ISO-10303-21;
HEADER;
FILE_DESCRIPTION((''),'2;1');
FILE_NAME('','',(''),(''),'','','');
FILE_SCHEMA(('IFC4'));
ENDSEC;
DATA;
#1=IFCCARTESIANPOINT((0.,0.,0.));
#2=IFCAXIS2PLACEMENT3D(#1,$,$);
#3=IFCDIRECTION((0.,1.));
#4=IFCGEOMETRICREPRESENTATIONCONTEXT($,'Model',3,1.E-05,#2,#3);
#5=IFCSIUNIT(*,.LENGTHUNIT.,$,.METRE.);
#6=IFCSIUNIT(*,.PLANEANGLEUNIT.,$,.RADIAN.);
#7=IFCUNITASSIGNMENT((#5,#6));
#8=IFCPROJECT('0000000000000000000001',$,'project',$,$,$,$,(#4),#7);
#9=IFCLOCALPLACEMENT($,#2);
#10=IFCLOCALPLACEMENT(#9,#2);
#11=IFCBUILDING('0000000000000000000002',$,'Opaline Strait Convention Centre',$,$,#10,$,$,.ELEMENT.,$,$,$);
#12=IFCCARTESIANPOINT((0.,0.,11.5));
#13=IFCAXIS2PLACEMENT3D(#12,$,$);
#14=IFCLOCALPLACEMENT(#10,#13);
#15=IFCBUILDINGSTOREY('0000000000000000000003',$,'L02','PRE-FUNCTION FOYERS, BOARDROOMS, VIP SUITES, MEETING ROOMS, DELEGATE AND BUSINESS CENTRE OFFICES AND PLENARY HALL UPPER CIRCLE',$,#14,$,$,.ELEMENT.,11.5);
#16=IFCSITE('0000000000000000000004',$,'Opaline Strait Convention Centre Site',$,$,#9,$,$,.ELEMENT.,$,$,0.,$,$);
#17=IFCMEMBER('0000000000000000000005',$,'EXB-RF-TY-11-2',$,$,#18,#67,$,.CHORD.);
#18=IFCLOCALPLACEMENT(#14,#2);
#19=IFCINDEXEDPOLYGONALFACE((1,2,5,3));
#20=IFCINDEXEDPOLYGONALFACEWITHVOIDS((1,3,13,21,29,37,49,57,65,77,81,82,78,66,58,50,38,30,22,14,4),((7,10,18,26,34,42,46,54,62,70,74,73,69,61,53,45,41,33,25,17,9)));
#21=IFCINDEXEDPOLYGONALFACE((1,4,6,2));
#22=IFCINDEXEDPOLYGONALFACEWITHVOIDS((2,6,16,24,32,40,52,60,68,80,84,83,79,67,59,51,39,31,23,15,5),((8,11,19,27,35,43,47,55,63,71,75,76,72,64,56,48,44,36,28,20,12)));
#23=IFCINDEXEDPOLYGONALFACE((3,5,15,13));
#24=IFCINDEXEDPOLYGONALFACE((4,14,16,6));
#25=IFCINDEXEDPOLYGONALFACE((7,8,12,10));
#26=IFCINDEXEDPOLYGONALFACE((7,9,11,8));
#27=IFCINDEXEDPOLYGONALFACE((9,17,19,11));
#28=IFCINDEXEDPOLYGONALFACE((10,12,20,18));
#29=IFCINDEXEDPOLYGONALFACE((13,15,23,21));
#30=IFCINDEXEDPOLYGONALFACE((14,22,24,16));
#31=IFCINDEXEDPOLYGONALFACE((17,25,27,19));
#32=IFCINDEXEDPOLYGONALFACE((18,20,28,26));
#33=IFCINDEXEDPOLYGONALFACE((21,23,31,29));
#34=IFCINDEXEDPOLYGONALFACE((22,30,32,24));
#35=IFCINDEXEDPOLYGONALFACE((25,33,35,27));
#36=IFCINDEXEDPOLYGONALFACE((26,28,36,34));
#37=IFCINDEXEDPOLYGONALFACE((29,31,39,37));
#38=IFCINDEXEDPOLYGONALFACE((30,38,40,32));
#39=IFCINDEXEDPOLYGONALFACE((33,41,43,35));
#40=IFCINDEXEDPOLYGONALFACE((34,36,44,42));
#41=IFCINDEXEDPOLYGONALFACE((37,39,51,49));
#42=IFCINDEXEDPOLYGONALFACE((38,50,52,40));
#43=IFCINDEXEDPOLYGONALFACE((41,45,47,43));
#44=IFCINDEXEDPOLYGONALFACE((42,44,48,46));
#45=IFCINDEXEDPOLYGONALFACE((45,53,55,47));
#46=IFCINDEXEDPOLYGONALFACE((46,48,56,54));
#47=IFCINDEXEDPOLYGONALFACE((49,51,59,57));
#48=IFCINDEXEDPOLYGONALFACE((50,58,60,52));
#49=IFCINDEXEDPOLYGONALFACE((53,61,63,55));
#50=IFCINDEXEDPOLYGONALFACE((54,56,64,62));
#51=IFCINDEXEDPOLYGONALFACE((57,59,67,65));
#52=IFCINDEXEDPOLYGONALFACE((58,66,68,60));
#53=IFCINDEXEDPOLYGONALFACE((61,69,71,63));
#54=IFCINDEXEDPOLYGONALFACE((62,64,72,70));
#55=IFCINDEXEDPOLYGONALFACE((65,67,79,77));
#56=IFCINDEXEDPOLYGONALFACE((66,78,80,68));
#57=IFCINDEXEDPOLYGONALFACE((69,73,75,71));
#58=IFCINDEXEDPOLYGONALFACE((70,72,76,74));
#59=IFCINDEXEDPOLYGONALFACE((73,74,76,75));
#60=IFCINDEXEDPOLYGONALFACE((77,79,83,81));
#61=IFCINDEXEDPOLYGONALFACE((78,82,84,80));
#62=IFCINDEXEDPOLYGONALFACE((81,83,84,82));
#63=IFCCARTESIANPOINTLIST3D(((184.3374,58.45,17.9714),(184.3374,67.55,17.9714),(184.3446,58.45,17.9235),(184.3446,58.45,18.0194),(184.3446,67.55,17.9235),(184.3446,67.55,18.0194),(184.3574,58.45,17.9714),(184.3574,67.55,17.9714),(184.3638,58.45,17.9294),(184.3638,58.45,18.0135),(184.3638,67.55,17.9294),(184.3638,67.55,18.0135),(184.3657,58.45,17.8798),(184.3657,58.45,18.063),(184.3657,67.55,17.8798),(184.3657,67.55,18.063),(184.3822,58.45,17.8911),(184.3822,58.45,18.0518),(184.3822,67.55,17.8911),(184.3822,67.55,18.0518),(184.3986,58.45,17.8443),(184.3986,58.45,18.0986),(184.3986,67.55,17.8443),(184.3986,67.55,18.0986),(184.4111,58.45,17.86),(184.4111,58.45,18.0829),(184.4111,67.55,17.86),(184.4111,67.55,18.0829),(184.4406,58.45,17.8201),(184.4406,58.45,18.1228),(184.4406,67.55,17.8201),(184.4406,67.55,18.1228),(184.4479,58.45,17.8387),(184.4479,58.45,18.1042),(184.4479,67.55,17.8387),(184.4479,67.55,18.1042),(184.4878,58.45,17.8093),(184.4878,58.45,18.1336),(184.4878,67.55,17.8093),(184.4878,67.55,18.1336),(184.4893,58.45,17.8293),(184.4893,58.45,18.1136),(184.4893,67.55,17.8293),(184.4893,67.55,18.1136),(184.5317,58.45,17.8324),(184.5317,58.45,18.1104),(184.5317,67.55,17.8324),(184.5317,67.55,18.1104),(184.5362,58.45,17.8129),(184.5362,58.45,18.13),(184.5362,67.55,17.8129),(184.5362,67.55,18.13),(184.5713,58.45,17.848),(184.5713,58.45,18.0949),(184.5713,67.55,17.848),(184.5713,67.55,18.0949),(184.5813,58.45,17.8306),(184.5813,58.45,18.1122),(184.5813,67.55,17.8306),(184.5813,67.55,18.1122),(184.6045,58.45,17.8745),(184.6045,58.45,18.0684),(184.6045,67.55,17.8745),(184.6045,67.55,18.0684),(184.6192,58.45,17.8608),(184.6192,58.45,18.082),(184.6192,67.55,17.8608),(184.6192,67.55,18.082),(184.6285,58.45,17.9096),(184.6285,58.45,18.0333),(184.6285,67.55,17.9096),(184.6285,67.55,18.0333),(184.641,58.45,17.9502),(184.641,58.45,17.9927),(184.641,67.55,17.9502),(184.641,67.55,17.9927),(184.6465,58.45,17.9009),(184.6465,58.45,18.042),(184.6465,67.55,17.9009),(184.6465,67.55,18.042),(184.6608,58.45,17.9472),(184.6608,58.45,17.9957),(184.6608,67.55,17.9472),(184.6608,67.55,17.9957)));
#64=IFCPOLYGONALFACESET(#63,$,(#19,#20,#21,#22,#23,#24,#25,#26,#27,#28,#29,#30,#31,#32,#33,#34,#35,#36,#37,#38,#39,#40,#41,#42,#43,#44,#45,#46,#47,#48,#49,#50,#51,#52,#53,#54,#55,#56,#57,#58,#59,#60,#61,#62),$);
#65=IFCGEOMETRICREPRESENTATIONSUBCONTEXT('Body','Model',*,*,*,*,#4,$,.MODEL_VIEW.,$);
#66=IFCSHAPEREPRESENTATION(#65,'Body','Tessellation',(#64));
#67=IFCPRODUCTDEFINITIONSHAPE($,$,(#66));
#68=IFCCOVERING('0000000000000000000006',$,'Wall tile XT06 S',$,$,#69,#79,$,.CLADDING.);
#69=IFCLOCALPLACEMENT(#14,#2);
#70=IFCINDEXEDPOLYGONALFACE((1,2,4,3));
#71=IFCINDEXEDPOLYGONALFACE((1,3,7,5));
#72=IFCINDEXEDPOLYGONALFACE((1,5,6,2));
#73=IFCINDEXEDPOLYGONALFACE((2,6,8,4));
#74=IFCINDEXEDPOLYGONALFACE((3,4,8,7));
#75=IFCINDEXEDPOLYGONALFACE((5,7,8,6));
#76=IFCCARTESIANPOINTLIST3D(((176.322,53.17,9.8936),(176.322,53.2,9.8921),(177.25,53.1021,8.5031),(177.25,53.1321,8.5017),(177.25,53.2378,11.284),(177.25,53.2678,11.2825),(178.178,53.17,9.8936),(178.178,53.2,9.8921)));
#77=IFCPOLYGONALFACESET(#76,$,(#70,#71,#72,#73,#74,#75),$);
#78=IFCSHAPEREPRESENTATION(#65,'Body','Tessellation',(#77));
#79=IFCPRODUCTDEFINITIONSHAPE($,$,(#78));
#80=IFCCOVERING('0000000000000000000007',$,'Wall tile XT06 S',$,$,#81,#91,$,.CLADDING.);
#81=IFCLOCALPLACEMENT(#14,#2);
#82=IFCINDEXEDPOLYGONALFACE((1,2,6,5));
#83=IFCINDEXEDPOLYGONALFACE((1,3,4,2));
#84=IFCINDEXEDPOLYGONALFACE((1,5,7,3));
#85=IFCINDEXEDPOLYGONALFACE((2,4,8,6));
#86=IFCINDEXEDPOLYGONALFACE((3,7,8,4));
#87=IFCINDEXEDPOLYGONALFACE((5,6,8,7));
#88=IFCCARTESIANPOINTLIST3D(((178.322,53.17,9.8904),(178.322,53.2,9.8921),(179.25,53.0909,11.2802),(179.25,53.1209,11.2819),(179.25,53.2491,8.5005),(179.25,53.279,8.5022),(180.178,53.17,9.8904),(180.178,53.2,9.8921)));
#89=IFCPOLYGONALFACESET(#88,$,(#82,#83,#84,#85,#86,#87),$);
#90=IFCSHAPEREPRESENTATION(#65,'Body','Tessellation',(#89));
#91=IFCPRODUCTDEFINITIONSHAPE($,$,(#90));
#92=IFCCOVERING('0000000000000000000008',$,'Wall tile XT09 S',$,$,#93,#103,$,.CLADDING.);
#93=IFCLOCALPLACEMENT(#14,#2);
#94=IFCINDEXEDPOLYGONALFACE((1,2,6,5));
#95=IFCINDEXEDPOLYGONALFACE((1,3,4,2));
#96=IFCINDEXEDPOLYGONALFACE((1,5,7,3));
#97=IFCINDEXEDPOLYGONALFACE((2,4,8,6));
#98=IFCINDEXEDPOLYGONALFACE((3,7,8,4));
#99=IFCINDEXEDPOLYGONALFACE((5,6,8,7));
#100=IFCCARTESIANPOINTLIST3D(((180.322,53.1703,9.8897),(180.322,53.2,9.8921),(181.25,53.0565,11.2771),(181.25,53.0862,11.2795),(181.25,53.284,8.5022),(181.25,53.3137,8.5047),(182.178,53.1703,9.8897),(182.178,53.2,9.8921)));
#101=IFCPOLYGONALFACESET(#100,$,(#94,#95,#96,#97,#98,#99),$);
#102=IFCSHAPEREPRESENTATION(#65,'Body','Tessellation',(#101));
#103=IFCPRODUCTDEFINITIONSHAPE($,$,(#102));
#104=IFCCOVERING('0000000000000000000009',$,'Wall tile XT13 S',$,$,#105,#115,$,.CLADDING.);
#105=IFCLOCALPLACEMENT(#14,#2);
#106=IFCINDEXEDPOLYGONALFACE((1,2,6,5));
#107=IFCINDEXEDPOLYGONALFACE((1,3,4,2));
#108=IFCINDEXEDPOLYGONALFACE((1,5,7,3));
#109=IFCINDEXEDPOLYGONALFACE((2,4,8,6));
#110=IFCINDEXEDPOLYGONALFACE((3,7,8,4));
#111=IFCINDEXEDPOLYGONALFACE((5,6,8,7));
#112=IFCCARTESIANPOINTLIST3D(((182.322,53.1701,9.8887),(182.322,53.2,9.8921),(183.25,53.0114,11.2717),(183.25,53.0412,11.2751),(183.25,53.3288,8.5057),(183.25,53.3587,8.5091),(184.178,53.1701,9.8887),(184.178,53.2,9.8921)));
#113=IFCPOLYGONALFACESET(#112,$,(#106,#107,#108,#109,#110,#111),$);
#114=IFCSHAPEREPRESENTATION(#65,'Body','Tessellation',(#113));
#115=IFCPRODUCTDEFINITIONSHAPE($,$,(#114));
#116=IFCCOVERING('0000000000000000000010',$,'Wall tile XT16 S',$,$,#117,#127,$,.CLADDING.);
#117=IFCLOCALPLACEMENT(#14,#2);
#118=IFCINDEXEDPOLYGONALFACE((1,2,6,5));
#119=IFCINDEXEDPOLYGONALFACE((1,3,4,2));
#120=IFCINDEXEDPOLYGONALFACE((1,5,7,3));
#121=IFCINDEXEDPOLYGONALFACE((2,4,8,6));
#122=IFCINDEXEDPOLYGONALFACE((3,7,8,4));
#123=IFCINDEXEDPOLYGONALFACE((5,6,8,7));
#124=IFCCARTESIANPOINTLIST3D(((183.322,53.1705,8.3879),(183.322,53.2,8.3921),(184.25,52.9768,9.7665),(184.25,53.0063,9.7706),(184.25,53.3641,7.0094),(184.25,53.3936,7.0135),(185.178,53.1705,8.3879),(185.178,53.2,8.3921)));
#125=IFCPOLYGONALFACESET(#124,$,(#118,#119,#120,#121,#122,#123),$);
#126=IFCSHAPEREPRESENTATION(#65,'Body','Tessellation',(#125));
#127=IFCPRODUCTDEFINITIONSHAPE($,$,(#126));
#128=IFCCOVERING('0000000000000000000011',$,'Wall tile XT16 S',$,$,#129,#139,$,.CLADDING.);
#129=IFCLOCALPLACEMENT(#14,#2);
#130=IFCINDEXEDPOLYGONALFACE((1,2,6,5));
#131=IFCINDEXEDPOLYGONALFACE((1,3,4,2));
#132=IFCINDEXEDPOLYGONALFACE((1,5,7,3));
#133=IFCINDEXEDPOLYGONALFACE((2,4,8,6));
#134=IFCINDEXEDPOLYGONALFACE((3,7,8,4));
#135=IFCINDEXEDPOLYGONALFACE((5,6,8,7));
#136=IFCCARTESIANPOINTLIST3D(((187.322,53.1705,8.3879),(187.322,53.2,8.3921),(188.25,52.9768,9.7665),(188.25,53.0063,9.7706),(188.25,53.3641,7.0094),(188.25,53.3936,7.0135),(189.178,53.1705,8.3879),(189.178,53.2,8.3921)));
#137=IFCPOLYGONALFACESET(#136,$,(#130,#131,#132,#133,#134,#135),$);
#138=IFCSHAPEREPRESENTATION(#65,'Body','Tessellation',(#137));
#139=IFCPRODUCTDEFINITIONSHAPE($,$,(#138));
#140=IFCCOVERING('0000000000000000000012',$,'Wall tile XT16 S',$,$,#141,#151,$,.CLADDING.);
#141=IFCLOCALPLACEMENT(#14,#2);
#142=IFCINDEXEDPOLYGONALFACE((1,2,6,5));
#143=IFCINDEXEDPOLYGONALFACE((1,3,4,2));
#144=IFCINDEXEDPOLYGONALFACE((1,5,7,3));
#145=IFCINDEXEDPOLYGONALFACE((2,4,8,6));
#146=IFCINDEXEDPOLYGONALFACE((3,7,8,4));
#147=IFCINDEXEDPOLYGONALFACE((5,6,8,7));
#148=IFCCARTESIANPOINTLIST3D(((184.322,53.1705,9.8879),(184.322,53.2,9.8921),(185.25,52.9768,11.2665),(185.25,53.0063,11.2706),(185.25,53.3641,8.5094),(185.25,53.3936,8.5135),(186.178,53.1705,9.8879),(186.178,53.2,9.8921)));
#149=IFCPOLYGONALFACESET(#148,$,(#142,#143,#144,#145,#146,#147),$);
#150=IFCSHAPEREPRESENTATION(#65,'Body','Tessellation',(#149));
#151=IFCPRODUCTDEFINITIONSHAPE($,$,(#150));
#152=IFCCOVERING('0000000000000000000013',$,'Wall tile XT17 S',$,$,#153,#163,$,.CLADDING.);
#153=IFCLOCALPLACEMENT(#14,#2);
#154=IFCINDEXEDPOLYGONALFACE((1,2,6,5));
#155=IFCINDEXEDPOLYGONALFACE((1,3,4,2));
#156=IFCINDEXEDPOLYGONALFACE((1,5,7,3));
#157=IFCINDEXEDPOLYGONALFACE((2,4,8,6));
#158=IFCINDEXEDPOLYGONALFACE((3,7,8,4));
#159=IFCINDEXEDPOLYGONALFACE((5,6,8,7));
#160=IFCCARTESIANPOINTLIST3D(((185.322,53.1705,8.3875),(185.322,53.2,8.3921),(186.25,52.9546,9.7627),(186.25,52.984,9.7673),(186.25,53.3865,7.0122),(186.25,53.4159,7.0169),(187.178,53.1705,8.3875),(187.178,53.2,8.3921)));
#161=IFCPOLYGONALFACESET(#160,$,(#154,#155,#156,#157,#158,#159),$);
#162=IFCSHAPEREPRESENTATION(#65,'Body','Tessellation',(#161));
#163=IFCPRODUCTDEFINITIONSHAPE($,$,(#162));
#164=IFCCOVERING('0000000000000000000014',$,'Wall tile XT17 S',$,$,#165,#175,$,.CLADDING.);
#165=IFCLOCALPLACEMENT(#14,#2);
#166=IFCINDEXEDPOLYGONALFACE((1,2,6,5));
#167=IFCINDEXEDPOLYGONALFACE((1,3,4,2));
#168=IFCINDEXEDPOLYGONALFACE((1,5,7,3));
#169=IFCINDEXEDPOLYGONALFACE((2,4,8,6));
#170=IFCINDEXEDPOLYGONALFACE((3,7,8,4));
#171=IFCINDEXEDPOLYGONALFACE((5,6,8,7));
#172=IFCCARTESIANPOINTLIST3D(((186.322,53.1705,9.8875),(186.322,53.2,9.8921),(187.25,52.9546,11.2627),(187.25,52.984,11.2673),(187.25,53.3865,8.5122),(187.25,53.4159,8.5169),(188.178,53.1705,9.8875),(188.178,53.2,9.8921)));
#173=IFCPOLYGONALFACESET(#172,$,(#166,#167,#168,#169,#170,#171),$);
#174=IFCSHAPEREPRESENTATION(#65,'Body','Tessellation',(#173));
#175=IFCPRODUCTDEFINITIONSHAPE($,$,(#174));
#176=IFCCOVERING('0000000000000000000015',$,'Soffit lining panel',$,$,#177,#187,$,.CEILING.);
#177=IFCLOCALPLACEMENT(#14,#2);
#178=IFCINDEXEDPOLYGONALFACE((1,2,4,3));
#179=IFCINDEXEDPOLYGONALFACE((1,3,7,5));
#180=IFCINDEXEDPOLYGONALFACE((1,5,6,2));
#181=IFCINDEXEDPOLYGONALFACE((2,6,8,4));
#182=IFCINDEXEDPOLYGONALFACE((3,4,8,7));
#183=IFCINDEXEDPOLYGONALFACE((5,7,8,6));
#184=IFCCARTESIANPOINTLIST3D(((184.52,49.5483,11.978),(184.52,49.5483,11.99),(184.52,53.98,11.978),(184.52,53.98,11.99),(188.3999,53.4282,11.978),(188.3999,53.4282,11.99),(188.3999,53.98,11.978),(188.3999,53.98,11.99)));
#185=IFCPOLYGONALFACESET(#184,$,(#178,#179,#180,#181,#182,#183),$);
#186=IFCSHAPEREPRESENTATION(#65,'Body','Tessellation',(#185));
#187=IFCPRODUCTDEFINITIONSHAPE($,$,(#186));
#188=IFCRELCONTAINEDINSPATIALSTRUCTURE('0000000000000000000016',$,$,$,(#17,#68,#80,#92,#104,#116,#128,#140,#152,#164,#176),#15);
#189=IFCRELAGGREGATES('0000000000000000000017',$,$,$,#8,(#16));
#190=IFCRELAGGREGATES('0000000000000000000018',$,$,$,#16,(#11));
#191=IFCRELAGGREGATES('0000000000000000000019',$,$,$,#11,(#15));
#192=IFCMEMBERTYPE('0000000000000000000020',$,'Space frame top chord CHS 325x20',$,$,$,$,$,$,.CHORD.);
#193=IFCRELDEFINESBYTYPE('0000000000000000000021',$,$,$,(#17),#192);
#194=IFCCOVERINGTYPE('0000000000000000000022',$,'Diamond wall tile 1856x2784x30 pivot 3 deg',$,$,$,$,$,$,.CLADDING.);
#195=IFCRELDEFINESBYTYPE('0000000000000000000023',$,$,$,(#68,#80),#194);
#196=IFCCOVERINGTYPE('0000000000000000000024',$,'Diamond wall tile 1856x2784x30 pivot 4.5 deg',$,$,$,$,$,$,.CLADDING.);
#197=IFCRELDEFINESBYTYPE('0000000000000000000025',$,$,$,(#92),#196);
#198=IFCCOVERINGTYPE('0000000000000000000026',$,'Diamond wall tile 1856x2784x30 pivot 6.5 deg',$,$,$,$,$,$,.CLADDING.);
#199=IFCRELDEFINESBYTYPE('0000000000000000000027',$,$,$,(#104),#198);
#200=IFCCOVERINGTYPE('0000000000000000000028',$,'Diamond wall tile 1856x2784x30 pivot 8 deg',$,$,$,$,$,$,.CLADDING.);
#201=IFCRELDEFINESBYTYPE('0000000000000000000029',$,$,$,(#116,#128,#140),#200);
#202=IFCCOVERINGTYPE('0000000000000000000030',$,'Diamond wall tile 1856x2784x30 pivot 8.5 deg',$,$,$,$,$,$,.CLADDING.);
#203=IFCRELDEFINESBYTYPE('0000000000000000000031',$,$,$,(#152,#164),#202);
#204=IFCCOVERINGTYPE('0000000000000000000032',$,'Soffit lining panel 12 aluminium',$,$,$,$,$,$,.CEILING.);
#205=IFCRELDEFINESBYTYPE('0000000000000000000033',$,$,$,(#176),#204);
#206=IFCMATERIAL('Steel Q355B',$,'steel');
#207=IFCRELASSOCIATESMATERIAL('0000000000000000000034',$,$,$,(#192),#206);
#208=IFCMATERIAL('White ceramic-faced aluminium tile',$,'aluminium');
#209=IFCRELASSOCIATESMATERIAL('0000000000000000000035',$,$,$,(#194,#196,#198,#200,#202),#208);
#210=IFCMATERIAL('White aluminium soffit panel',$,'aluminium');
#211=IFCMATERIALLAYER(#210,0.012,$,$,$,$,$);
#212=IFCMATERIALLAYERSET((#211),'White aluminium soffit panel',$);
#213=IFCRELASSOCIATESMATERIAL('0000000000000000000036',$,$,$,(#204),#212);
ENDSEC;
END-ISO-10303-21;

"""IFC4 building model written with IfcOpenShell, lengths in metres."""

from ifc_helpers import new_model, si_unit, direction, frame, origin, origin_2d, place, context, subcontext, project, spatial, polyline, hollow_circle, outline, extrude, material, layer, layer_set, material_profile, profile_set, type_object, element, save


model = new_model("IFC4")

# Units and contexts
model_context = context("Model", 3, precision=1e-05, world=origin(), true_north=direction((0.0, 1.0)))
body_context = subcontext(model_context, "Body", "Model", "MODEL_VIEW")
ifc_project = project(units=[si_unit("LENGTHUNIT", "METRE"), si_unit("PLANEANGLEUNIT", "RADIAN")], contexts=[model_context])

# Site, building, storey
site_placement = place(None, origin())
site = spatial("IfcSite", under=ifc_project, at=site_placement, Name="Opaline Strait Convention Centre Site", CompositionType="ELEMENT", RefElevation=0.0)
building_placement = place(site_placement, origin())
building = spatial("IfcBuilding", under=site, at=building_placement, Name="Opaline Strait Convention Centre", CompositionType="ELEMENT")
storey_placement = place(building_placement, frame((0.0, 0.0, 11.5)))
storey = spatial("IfcBuildingStorey", under=building, at=storey_placement, Name="L02", Description="PRE-FUNCTION FOYERS, BOARDROOMS, VIP SUITES, MEETING ROOMS, DELEGATE AND BUSINESS CENTRE OFFICES AND PLENARY HALL UPPER CIRCLE", CompositionType="ELEMENT", Elevation=11.5)

# Member
ifc_material_1 = material(Name="Steel Q355B", Category="steel")
ifc_material_profile_1 = material_profile(ifc_material_1, hollow_circle(Radius=0.1626, WallThickness=0.02, at=origin_2d()), Name="CHS 325x20")
ifc_profile_set_1 = profile_set([ifc_material_profile_1], Name="Steel Q355B")
member_type_1 = type_object("IfcMemberType", Name="Space frame top chord CHS 325x20", PredefinedType="CHORD", material=ifc_profile_set_1)
member_1_placement = place(storey_placement, frame((184.5, 58.45, 17.9714), z_axis=(0.0, 1.0, 0.0), x_axis=(-1.0, 0.0, 0.0)))
element("IfcMember", 1, at=member_1_placement, inside=storey, type_object=member_type_1, Name="EXB-RF-TY-11-2", PredefinedType="CHORD", context=body_context, shape_type="SweptSolid", body=[
    extrude(hollow_circle(Radius=0.1626, WallThickness=0.02, at=origin_2d()), origin(), (0.0, 0.0, 1.0), 9.1001),
])

# Coverings
ifc_material_2 = material(Name="White ceramic-faced aluminium tile", Category="aluminium")
ifc_material_profile_2 = material_profile(ifc_material_2, outline(polyline([(0.928, 0.0), (0.0, 1.3921), (-0.928, 0.0), (0.0, -1.3921), (0.928, 0.0)])), Name="Diamond tile 1856x2784")
ifc_profile_set_2 = profile_set([ifc_material_profile_2], Name="White ceramic-faced aluminium tile")
covering_type_1 = type_object("IfcCoveringType", Name="Diamond wall tile 1856x2784x30 pivot 3 deg", PredefinedType="CLADDING", material=ifc_profile_set_2)
for number, where, z_axis, x_axis, name in (
    (2, (177.25, 53.2, 9.8921), (0.0, -0.998812, 0.048723), (1.0, 0.0, 0.0), "Wall tile XT06 S"),
    (3, (179.25, 53.2, 9.8921), (0.0, -0.998385, -0.056819), (1.0, 0.0, 0.0), "Wall tile XT06 S"),
):
    element("IfcCovering", number, at=place(storey_placement, frame(where, z_axis=z_axis, x_axis=x_axis)), inside=storey, type_object=covering_type_1, Name=name, PredefinedType="CLADDING", context=body_context, shape_type="SweptSolid", body=[
        extrude(outline(polyline([(0.928, 0.0), (0.0, 1.3921), (-0.928, 0.0), (0.0, -1.3921), (0.928, 0.0)])), origin(), (0.0, 0.0, 1.0), 0.03),
    ])
ifc_material_profile_3 = material_profile(ifc_material_2, outline(polyline([(0.928, 0.0), (0.0, 1.3921), (-0.928, 0.0), (0.0, -1.3921), (0.928, 0.0)])), Name="Diamond tile 1856x2784")
ifc_profile_set_3 = profile_set([ifc_material_profile_3], Name="White ceramic-faced aluminium tile")
covering_type_2 = type_object("IfcCoveringType", Name="Diamond wall tile 1856x2784x30 pivot 4.5 deg", PredefinedType="CLADDING", material=ifc_profile_set_3)
covering_1_placement = place(storey_placement, frame((181.25, 53.2, 9.8921), z_axis=(0.0, -0.996658, -0.081693), x_axis=(1.0, 0.0, 0.0)))
element("IfcCovering", 4, at=covering_1_placement, inside=storey, type_object=covering_type_2, Name="Wall tile XT09 S", PredefinedType="CLADDING", context=body_context, shape_type="SweptSolid", body=[
    extrude(outline(polyline([(0.928, 0.0), (0.0, 1.3921), (-0.928, 0.0), (0.0, -1.3921), (0.928, 0.0)])), origin(), (0.0, 0.0, 1.0), 0.0298),
])
ifc_material_profile_4 = material_profile(ifc_material_2, outline(polyline([(0.928, 0.0), (0.0, 1.3921), (-0.928, 0.0), (0.0, -1.3921), (0.928, 0.0)])), Name="Diamond tile 1856x2784")
ifc_profile_set_4 = profile_set([ifc_material_profile_4], Name="White ceramic-faced aluminium tile")
covering_type_3 = type_object("IfcCoveringType", Name="Diamond wall tile 1856x2784x30 pivot 6.5 deg", PredefinedType="CLADDING", material=ifc_profile_set_4)
covering_2_placement = place(storey_placement, frame((183.25, 53.2, 9.8921), z_axis=(0.0, -0.99348, -0.114006), x_axis=(1.0, 0.0, 0.0)))
element("IfcCovering", 5, at=covering_2_placement, inside=storey, type_object=covering_type_3, Name="Wall tile XT13 S", PredefinedType="CLADDING", context=body_context, shape_type="SweptSolid", body=[
    extrude(outline(polyline([(0.928, 0.0), (0.0, 1.3921), (-0.928, 0.0), (0.0, -1.3921), (0.928, 0.0)])), origin(), (0.0, 0.0, 1.0), 0.03),
])
ifc_material_profile_5 = material_profile(ifc_material_2, outline(polyline([(0.928, 0.0), (0.0, 1.3921), (-0.928, 0.0), (0.0, -1.3921), (0.928, 0.0)])), Name="Diamond tile 1856x2784")
ifc_profile_set_5 = profile_set([ifc_material_profile_5], Name="White ceramic-faced aluminium tile")
covering_type_4 = type_object("IfcCoveringType", Name="Diamond wall tile 1856x2784x30 pivot 8 deg", PredefinedType="CLADDING", material=ifc_profile_set_5)
for number, where, z_axis, x_axis, name in (
    (6, (184.25, 53.2, 8.3921), (0.0, -0.990274, -0.139129), (1.0, 0.0, 0.0), "Wall tile XT16 S"),
    (7, (188.25, 53.2, 8.3921), (0.0, -0.990274, -0.139129), (1.0, 0.0, 0.0), "Wall tile XT16 S"),
    (8, (185.25, 53.2, 9.8921), (0.0, -0.990274, -0.139129), (1.0, 0.0, 0.0), "Wall tile XT16 S"),
):
    element("IfcCovering", number, at=place(storey_placement, frame(where, z_axis=z_axis, x_axis=x_axis)), inside=storey, type_object=covering_type_4, Name=name, PredefinedType="CLADDING", context=body_context, shape_type="SweptSolid", body=[
        extrude(outline(polyline([(0.928, 0.0), (0.0, 1.3921), (-0.928, 0.0), (0.0, -1.3921), (0.928, 0.0)])), origin(), (0.0, 0.0, 1.0), 0.0298),
    ])
ifc_material_profile_6 = material_profile(ifc_material_2, outline(polyline([(0.928, 0.0), (0.0, 1.3921), (-0.928, 0.0), (0.0, -1.3921), (0.928, 0.0)])), Name="Diamond tile 1856x2784")
ifc_profile_set_6 = profile_set([ifc_material_profile_6], Name="White ceramic-faced aluminium tile")
covering_type_5 = type_object("IfcCoveringType", Name="Diamond wall tile 1856x2784x30 pivot 8.5 deg", PredefinedType="CLADDING", material=ifc_profile_set_6)
for number, where, z_axis, x_axis, name in (
    (9, (186.25, 53.2, 8.3921), (0.0, -0.987895, -0.155124), (1.0, 0.0, 0.0), "Wall tile XT17 S"),
    (10, (187.25, 53.2, 9.8921), (0.0, -0.987895, -0.155124), (1.0, 0.0, 0.0), "Wall tile XT17 S"),
):
    element("IfcCovering", number, at=place(storey_placement, frame(where, z_axis=z_axis, x_axis=x_axis)), inside=storey, type_object=covering_type_5, Name=name, PredefinedType="CLADDING", context=body_context, shape_type="SweptSolid", body=[
        extrude(outline(polyline([(0.928, 0.0), (0.0, 1.3921), (-0.928, 0.0), (0.0, -1.3921), (0.928, 0.0)])), origin(), (0.0, 0.0, 1.0), 0.0298),
    ])
ifc_material_3 = material(Name="White aluminium soffit panel", Category="aluminium")
ifc_layer = layer(ifc_material_3, 0.012)
ifc_layer_set = layer_set([ifc_layer], Name="White aluminium soffit panel")
covering_type_6 = type_object("IfcCoveringType", Name="Soffit lining panel 12 aluminium", PredefinedType="CEILING", material=ifc_layer_set)
covering_3_placement = place(storey_placement, frame((188.3999, 53.4282, 11.99), z_axis=(0.0, 0.0, 1.0), x_axis=(-0.707107, -0.707107, 0.0)))
element("IfcCovering", 11, at=covering_3_placement, inside=storey, type_object=covering_type_6, Name="Soffit lining panel", PredefinedType="CEILING", context=body_context, shape_type="SweptSolid", body=[
    extrude(outline(polyline([(0.0, 0.0), (5.487, 0.0), (2.3533, -3.1336), (-0.3902, -0.3902), (0.0, 0.0)])), origin(), (0.0, 0.0, -1.0), 0.012),
])

save(model, "model.ifc")
